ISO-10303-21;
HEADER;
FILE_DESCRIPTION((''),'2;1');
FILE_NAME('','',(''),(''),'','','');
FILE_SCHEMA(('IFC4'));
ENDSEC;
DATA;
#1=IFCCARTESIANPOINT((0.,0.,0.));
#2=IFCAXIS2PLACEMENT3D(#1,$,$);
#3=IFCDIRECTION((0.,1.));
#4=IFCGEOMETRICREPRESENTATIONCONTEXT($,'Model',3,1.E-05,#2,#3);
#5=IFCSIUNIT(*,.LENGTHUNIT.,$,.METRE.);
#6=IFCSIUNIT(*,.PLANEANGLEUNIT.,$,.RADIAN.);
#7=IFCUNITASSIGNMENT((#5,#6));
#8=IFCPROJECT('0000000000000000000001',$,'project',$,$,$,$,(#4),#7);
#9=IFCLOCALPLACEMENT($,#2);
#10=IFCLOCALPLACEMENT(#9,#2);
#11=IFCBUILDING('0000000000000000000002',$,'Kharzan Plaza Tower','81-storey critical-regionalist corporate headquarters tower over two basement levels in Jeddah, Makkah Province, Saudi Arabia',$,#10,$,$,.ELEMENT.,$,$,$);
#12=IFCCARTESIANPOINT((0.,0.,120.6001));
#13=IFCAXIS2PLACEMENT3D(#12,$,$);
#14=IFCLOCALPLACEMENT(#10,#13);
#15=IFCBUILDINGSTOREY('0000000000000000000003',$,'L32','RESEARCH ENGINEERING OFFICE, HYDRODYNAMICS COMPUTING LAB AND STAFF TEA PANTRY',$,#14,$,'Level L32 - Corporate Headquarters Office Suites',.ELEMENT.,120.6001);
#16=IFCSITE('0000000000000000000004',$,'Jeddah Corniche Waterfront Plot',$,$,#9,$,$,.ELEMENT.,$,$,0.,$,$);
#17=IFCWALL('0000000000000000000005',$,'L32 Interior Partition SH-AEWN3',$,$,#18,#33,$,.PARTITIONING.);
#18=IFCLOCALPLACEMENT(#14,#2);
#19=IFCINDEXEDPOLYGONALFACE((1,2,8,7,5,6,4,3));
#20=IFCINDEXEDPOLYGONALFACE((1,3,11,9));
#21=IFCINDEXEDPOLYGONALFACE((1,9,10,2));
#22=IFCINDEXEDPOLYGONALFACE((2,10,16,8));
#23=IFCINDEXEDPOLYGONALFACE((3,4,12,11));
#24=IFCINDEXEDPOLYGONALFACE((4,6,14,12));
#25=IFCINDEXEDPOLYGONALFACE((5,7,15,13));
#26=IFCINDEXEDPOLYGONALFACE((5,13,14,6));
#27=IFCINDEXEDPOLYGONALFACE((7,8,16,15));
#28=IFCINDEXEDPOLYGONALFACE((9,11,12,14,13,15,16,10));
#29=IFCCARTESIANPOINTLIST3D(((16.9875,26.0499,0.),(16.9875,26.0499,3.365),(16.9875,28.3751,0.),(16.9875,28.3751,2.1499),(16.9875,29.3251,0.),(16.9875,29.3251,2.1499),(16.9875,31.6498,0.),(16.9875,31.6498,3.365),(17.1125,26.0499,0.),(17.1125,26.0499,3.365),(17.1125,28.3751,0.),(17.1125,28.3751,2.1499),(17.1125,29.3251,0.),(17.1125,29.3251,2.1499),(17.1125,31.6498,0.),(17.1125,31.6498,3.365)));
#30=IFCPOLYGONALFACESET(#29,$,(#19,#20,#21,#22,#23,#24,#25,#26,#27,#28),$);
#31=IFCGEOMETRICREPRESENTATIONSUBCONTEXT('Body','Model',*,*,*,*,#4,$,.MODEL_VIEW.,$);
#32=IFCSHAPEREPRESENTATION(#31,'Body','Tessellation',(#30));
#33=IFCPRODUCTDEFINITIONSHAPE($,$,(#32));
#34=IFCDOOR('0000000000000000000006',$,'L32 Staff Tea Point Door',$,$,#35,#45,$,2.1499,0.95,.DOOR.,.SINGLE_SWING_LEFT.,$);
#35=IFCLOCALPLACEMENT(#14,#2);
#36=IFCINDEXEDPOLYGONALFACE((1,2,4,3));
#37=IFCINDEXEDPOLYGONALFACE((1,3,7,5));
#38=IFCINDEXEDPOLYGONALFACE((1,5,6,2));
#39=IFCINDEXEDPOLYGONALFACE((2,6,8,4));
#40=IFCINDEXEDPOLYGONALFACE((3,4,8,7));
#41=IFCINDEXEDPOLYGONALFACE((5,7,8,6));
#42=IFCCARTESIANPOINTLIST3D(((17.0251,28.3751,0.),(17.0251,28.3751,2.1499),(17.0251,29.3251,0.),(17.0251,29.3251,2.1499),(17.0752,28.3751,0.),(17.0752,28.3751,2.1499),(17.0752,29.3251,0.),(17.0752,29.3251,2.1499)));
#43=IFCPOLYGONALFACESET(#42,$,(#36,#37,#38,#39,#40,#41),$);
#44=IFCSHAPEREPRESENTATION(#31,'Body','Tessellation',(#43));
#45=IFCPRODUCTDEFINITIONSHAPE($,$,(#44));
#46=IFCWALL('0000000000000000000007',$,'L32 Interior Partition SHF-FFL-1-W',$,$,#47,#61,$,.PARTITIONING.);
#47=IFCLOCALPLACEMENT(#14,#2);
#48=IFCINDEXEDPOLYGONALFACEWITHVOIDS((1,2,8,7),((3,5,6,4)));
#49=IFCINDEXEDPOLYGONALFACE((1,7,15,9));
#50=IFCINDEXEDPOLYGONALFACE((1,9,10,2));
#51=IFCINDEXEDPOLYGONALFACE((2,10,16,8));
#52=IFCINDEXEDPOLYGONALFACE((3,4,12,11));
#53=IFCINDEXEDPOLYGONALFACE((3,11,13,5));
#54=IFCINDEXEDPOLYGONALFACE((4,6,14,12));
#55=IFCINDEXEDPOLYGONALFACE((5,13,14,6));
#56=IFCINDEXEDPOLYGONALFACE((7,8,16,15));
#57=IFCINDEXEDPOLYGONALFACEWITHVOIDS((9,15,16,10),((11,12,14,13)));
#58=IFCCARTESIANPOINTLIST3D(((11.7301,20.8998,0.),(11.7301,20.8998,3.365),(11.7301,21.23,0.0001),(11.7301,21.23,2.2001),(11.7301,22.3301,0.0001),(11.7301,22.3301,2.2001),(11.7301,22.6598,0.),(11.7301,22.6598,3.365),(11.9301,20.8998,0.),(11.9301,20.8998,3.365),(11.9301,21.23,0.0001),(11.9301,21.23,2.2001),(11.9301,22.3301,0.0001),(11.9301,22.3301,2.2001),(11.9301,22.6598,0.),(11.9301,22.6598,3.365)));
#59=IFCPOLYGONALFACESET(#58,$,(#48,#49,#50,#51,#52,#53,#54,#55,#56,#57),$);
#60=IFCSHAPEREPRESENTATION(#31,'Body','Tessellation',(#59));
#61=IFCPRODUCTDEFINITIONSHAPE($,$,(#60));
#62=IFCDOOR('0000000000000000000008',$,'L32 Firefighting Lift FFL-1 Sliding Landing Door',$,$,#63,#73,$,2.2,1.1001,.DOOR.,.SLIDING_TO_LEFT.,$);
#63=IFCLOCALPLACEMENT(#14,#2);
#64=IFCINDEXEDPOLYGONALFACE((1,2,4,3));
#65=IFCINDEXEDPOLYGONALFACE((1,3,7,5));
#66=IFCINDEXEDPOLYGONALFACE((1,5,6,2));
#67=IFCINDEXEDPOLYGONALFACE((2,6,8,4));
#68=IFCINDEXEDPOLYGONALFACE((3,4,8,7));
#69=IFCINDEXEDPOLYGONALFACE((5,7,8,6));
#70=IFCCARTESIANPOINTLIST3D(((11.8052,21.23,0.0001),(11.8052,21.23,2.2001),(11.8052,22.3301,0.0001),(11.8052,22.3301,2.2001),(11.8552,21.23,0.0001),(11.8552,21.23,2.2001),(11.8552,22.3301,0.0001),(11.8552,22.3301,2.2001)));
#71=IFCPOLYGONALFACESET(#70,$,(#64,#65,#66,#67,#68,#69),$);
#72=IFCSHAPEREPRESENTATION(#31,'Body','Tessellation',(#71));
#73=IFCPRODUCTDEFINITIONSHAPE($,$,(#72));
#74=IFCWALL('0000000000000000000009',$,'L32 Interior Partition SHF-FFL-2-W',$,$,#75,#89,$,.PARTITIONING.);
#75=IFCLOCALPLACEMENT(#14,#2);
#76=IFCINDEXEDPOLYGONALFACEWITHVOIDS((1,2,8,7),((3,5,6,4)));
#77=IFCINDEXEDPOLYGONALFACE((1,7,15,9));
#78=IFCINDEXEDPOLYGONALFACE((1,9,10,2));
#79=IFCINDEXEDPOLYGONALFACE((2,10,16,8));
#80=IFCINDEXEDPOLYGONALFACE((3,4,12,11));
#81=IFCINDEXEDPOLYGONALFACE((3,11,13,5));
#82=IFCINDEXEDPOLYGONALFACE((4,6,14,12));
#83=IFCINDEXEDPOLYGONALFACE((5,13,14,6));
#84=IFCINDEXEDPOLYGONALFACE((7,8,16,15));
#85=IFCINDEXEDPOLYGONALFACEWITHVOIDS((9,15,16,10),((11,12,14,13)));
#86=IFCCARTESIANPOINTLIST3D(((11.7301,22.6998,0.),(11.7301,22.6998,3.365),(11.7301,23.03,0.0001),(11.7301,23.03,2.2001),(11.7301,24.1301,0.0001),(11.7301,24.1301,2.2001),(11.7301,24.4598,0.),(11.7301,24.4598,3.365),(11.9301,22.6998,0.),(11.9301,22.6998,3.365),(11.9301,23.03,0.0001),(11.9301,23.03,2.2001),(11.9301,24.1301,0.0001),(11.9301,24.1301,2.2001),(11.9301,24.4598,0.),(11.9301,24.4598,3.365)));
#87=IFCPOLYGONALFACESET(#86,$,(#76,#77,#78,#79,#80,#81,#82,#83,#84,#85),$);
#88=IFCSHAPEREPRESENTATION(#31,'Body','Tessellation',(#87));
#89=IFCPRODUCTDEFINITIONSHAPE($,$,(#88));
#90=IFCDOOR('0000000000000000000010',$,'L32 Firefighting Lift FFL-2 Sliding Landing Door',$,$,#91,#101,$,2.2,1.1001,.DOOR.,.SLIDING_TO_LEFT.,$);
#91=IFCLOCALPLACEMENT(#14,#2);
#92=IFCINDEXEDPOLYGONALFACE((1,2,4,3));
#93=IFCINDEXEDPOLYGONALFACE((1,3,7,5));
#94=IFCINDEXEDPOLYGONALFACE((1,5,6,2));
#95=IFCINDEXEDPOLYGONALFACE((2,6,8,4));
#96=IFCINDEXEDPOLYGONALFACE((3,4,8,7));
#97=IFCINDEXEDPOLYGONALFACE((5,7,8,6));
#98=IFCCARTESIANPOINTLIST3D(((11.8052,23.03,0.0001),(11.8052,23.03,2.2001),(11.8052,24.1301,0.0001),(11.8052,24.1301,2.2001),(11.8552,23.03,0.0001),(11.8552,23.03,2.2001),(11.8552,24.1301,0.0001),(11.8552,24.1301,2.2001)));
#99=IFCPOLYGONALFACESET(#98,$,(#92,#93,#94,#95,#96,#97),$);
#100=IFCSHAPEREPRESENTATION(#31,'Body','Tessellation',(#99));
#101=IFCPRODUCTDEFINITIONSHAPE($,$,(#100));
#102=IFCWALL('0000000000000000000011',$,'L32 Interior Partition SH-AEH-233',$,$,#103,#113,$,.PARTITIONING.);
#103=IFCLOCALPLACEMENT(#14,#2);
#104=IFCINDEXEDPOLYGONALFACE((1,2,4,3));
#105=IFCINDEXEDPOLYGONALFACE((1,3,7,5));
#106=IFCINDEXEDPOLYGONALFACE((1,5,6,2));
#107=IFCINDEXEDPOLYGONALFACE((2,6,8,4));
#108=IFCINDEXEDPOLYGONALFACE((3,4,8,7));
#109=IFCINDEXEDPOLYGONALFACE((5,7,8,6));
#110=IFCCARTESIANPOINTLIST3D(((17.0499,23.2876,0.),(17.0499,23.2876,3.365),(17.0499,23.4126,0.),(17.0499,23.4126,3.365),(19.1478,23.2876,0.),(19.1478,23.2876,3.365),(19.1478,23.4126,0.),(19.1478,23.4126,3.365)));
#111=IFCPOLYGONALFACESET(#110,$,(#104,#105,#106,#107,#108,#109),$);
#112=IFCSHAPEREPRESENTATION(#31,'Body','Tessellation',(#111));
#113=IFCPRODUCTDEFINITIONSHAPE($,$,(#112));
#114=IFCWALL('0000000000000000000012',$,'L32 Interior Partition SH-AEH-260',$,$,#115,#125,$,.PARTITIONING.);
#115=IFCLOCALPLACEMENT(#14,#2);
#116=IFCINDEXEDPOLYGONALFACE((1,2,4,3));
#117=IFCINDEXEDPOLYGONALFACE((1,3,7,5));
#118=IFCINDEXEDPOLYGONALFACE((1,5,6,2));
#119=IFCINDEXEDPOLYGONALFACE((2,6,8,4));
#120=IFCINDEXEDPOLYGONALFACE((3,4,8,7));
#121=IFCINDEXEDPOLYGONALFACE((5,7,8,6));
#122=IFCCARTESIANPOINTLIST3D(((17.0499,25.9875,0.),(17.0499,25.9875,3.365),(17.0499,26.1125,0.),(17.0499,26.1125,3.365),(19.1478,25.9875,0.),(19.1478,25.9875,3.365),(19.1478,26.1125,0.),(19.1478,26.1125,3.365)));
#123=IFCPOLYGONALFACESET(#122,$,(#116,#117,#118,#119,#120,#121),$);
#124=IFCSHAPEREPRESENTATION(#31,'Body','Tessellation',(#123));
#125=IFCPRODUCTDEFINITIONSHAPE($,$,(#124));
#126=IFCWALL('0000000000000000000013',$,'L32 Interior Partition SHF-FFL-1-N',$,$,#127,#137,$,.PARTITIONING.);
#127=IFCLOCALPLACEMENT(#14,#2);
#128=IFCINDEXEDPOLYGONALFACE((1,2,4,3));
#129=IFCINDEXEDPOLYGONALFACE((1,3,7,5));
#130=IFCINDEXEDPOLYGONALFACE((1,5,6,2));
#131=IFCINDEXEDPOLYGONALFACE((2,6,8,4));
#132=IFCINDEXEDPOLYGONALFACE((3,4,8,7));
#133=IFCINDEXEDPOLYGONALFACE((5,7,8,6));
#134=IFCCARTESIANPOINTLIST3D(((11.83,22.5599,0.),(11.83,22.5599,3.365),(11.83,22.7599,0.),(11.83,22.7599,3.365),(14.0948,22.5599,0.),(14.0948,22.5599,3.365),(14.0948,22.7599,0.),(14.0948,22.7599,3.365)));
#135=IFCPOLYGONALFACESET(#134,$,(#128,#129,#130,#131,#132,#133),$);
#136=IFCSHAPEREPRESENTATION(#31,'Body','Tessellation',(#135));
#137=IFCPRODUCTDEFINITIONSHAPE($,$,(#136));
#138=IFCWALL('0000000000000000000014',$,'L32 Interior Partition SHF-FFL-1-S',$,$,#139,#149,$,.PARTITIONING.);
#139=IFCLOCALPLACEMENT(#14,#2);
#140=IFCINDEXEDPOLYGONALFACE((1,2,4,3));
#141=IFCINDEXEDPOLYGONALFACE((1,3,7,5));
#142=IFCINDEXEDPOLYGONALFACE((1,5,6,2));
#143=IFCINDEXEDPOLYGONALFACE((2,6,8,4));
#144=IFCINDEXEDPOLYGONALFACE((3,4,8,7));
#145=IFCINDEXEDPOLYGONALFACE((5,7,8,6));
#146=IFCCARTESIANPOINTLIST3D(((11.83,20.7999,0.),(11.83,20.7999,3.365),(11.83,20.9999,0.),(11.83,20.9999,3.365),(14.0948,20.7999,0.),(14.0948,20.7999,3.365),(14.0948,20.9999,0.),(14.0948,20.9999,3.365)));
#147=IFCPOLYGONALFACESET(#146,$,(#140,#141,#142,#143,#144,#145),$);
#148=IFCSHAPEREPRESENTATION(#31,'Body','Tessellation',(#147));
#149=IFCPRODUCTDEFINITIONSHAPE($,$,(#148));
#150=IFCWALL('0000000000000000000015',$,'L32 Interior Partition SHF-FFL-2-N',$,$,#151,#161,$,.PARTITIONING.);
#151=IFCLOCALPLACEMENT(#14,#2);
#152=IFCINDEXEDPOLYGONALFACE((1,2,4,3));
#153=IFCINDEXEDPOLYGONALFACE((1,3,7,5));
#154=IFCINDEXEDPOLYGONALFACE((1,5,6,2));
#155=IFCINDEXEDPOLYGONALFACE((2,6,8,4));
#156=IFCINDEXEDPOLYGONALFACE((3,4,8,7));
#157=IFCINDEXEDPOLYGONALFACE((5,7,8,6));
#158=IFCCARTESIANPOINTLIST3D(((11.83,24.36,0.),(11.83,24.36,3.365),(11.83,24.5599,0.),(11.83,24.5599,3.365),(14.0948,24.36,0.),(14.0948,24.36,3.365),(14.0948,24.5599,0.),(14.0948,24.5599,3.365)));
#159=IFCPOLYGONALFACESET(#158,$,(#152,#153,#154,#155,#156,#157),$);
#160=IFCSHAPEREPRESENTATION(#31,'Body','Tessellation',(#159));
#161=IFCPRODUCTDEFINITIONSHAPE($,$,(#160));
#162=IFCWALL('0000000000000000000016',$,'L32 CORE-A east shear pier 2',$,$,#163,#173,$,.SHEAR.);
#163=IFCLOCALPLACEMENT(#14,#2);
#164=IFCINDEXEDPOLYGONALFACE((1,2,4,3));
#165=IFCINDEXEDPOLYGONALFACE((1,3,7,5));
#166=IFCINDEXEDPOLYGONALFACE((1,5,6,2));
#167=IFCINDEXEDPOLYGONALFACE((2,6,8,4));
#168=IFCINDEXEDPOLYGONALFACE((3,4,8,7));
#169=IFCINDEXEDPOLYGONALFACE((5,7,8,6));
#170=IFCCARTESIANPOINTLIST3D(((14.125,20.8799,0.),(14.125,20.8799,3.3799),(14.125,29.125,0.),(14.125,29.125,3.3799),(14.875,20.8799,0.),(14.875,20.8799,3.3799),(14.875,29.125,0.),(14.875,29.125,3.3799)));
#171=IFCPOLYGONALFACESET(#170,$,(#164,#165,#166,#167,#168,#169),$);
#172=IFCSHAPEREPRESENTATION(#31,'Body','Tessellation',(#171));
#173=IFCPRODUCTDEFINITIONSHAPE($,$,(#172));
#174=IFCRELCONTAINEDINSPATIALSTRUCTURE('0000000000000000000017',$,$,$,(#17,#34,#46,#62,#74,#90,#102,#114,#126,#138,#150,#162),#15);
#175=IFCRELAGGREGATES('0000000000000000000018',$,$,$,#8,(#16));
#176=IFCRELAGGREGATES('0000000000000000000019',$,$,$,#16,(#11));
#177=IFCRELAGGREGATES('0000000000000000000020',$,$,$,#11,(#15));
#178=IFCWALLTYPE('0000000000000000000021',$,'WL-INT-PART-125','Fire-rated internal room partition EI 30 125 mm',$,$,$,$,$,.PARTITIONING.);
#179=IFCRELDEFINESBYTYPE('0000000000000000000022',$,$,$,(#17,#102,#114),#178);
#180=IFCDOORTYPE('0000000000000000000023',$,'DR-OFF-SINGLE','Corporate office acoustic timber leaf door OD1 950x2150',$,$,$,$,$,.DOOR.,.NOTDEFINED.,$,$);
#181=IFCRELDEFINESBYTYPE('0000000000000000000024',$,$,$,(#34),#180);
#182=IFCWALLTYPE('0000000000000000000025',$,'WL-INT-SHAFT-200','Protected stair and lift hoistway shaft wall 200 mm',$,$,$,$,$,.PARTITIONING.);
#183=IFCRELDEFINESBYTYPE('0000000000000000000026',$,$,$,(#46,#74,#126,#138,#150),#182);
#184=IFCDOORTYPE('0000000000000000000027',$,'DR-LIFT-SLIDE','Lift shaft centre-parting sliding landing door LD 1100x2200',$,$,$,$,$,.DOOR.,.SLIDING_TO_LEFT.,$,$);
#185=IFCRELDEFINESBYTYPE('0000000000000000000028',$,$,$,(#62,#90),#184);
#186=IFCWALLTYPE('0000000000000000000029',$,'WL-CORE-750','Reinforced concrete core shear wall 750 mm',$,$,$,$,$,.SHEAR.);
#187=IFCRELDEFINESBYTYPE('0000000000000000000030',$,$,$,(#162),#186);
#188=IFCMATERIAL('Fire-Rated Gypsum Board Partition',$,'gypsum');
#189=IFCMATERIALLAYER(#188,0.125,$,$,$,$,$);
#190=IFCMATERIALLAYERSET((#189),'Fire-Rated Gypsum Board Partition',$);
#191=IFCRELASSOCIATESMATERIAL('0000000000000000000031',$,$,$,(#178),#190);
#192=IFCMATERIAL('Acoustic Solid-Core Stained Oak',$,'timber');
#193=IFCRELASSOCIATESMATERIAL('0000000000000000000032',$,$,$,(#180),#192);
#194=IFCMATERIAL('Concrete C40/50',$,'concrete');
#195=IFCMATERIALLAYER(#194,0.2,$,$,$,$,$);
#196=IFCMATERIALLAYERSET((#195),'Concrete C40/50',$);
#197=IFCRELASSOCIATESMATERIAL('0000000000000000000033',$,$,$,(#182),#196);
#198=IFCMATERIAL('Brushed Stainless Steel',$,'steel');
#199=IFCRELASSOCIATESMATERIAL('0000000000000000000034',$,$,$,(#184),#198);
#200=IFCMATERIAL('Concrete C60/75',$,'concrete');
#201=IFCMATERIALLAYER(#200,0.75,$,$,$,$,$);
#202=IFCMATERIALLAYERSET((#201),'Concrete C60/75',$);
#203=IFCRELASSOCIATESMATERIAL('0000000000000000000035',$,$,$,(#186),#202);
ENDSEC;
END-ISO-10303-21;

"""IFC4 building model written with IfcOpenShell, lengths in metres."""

from ifc_helpers import new_model, si_unit, direction, frame, frame_2d, origin, place, context, subcontext, project, spatial, rectangle, extrude, source, transform, mapped, material, layer, layer_set, type_object, element, fill, save


model = new_model("IFC4")

# Units and contexts
model_context = context("Model", 3, precision=1e-05, world=origin(), true_north=direction((0.0, 1.0)))
body_context = subcontext(model_context, "Body", "Model", "MODEL_VIEW")
ifc_project = project(units=[si_unit("LENGTHUNIT", "METRE"), si_unit("PLANEANGLEUNIT", "RADIAN")], contexts=[model_context])

# Site, building, storey
site_placement = place(None, origin())
site = spatial("IfcSite", under=ifc_project, at=site_placement, Name="Jeddah Corniche Waterfront Plot", CompositionType="ELEMENT", RefElevation=0.0)
building_placement = place(site_placement, origin())
building = spatial("IfcBuilding", under=site, at=building_placement, Name="Kharzan Plaza Tower", Description="81-storey critical-regionalist corporate headquarters tower over two basement levels in Jeddah, Makkah Province, Saudi Arabia", CompositionType="ELEMENT")
storey_placement = place(building_placement, frame((0.0, 0.0, 120.6001)))
storey = spatial("IfcBuildingStorey", under=building, at=storey_placement, Name="L32", Description="RESEARCH ENGINEERING OFFICE, HYDRODYNAMICS COMPUTING LAB AND STAFF TEA PANTRY", LongName="Level L32 - Corporate Headquarters Office Suites", CompositionType="ELEMENT", Elevation=120.6001)

# Walls, openings, doors
ifc_material_1 = material(Name="Concrete C40/50", Category="concrete")
ifc_material_2 = material(Name="Fire-Rated Gypsum Board Partition", Category="gypsum")
ifc_layer_1 = layer(ifc_material_2, 0.125)
ifc_layer_set_1 = layer_set([ifc_layer_1], Name="Fire-Rated Gypsum Board Partition")
wall_type_1 = type_object("IfcWallType", Name="WL-INT-PART-125", Description="Fire-rated internal room partition EI 30 125 mm", PredefinedType="PARTITIONING", material=ifc_layer_set_1)
wall_1_placement = place(storey_placement, frame((17.05, 26.05, 0.0), z_axis=(0.0, 0.0, 1.0), x_axis=(0.0, 1.0, 0.0)))
wall_1 = element("IfcWall", 1, at=wall_1_placement, inside=storey, type_object=wall_type_1, Name="L32 Interior Partition SH-AEWN3", PredefinedType="PARTITIONING", context=body_context, shape_type="SweptSolid", body=[
    extrude(rectangle(XDim=5.5999, YDim=0.125, at=frame_2d((2.7998, 0.0))), origin(), (0.0, 0.0, 1.0), 3.365),
])
opening_1_placement = place(wall_1_placement, frame((2.325, 0.0, 0.0)))
opening_1 = element("IfcOpeningElement", 2, at=opening_1_placement, cuts=wall_1, PredefinedType="OPENING", context=body_context, shape_type="SweptSolid", body=[
    extrude(rectangle(XDim=0.95, YDim=2.1499, at=frame_2d((0.4751, 1.075))), frame((0.0, 0.0725, 0.0), z_axis=(0.0, -1.0, 0.0), x_axis=(1.0, 0.0, 0.0)), (0.0, 0.0, 1.0), 0.145),
])
ifc_material_3 = material(Name="Acoustic Solid-Core Stained Oak", Category="timber")
door_type_1 = type_object("IfcDoorType", Name="DR-OFF-SINGLE", Description="Corporate office acoustic timber leaf door OD1 950x2150", OperationType="NOTDEFINED", PredefinedType="DOOR", material=ifc_material_3)
shared_shape_1 = source(origin(), body_context, "Body", "SweptSolid", [
    extrude(rectangle(XDim=0.95, YDim=2.1499, at=frame_2d((0.4751, 1.075))), frame((0.0, 0.0249, 0.0), z_axis=(0.0, -1.0, 0.0), x_axis=(1.0, 0.0, 0.0)), (0.0, 0.0, 1.0), 0.05),
])
door_1_placement = place(opening_1_placement, origin())
door_1 = element("IfcDoor", 3, at=door_1_placement, inside=storey, type_object=door_type_1, Name="L32 Staff Tea Point Door", OperationType="SINGLE_SWING_LEFT", OverallHeight=2.1499, OverallWidth=0.95, PredefinedType="DOOR", context=body_context, shape_type="MappedRepresentation", body=[
    mapped(shared_shape_1, transform((0.0, 0.0, 0.0), x_axis=(1.0, 0.0, 0.0), y_axis=(0.0, 1.0, 0.0), z_axis=(0.0, 0.0, 1.0))),
])
fill(opening_1, door_1)
ifc_layer_2 = layer(ifc_material_1, 0.2)
ifc_layer_set_2 = layer_set([ifc_layer_2], Name="Concrete C40/50")
wall_type_2 = type_object("IfcWallType", Name="WL-INT-SHAFT-200", Description="Protected stair and lift hoistway shaft wall 200 mm", PredefinedType="PARTITIONING", material=ifc_layer_set_2)
wall_2_placement = place(storey_placement, frame((11.8301, 20.8999, 0.0), z_axis=(0.0, 0.0, 1.0), x_axis=(0.0, 1.0, 0.0)))
wall_2 = element("IfcWall", 4, at=wall_2_placement, inside=storey, type_object=wall_type_2, Name="L32 Interior Partition SHF-FFL-1-W", PredefinedType="PARTITIONING", context=body_context, shape_type="SweptSolid", body=[
    extrude(rectangle(XDim=1.76, YDim=0.2, at=frame_2d((0.8799, 0.0))), origin(), (0.0, 0.0, 1.0), 3.365),
])
opening_2_placement = place(wall_2_placement, frame((0.3301, 0.0, 0.0)))
opening_2 = element("IfcOpeningElement", 5, at=opening_2_placement, cuts=wall_2, PredefinedType="OPENING", context=body_context, shape_type="SweptSolid", body=[
    extrude(rectangle(XDim=1.1001, YDim=2.2, at=frame_2d((0.55, 1.1001))), frame((0.0, 0.1099, 0.0), z_axis=(0.0, -1.0, 0.0), x_axis=(1.0, 0.0, 0.0)), (0.0, 0.0, 1.0), 0.22),
])
ifc_material_4 = material(Name="Brushed Stainless Steel", Category="steel")
door_type_2 = type_object("IfcDoorType", Name="DR-LIFT-SLIDE", Description="Lift shaft centre-parting sliding landing door LD 1100x2200", OperationType="SLIDING_TO_LEFT", PredefinedType="DOOR", material=ifc_material_4)
shared_shape_2 = source(origin(), body_context, "Body", "SweptSolid", [
    extrude(rectangle(XDim=1.1001, YDim=2.2, at=frame_2d((0.55, 1.1001))), frame((0.0, 0.0249, 0.0), z_axis=(0.0, -1.0, 0.0), x_axis=(1.0, 0.0, 0.0)), (0.0, 0.0, 1.0), 0.05),
])
door_2_placement = place(opening_2_placement, origin())
door_2 = element("IfcDoor", 6, at=door_2_placement, inside=storey, type_object=door_type_2, Name="L32 Firefighting Lift FFL-1 Sliding Landing Door", OperationType="SLIDING_TO_LEFT", OverallHeight=2.2, OverallWidth=1.1001, PredefinedType="DOOR", context=body_context, shape_type="MappedRepresentation", body=[
    mapped(shared_shape_2, transform((0.0, 0.0, 0.0), x_axis=(1.0, 0.0, 0.0), y_axis=(0.0, 1.0, 0.0), z_axis=(0.0, 0.0, 1.0))),
])
fill(opening_2, door_2)
wall_3_placement = place(storey_placement, frame((11.8301, 22.7, 0.0), z_axis=(0.0, 0.0, 1.0), x_axis=(0.0, 1.0, 0.0)))
wall_3 = element("IfcWall", 7, at=wall_3_placement, inside=storey, type_object=wall_type_2, Name="L32 Interior Partition SHF-FFL-2-W", PredefinedType="PARTITIONING", context=body_context, shape_type="SweptSolid", body=[
    extrude(rectangle(XDim=1.76, YDim=0.2, at=frame_2d((0.8799, 0.0))), origin(), (0.0, 0.0, 1.0), 3.365),
])
opening_3_placement = place(wall_3_placement, frame((0.3301, 0.0, 0.0)))
opening_3 = element("IfcOpeningElement", 8, at=opening_3_placement, cuts=wall_3, PredefinedType="OPENING", context=body_context, shape_type="SweptSolid", body=[
    extrude(rectangle(XDim=1.1001, YDim=2.2, at=frame_2d((0.55, 1.1001))), frame((0.0, 0.1099, 0.0), z_axis=(0.0, -1.0, 0.0), x_axis=(1.0, 0.0, 0.0)), (0.0, 0.0, 1.0), 0.22),
])
door_3_placement = place(opening_3_placement, origin())
door_3 = element("IfcDoor", 9, at=door_3_placement, inside=storey, type_object=door_type_2, Name="L32 Firefighting Lift FFL-2 Sliding Landing Door", OperationType="SLIDING_TO_LEFT", OverallHeight=2.2, OverallWidth=1.1001, PredefinedType="DOOR", context=body_context, shape_type="MappedRepresentation", body=[
    mapped(shared_shape_2, transform((0.0, 0.0, 0.0), x_axis=(1.0, 0.0, 0.0), y_axis=(0.0, 1.0, 0.0), z_axis=(0.0, 0.0, 1.0))),
])
fill(opening_3, door_3)

# Walls
shared_shape_3 = source(origin(), body_context, "Body", "SweptSolid", [
    extrude(rectangle(XDim=2.0979, YDim=0.125, at=frame_2d((1.0488, 0.0))), origin(), (0.0, 0.0, 1.0), 3.365),
])
for number, where, z_axis, x_axis, name in (
    (10, (17.05, 23.3501, 0.0), (0.0, 0.0, 1.0), (1.0, 0.0, 0.0), "L32 Interior Partition SH-AEH-233"),
    (11, (17.05, 26.05, 0.0), (0.0, 0.0, 1.0), (1.0, 0.0, 0.0), "L32 Interior Partition SH-AEH-260"),
):
    element("IfcWall", number, at=place(storey_placement, frame(where, z_axis=z_axis, x_axis=x_axis)), inside=storey, type_object=wall_type_1, Name=name, PredefinedType="PARTITIONING", context=body_context, shape_type="MappedRepresentation", body=[
        mapped(shared_shape_3, transform((0.0, 0.0, 0.0), x_axis=(1.0, 0.0, 0.0), y_axis=(0.0, 1.0, 0.0), z_axis=(0.0, 0.0, 1.0))),
    ])
shared_shape_4 = source(origin(), body_context, "Body", "SweptSolid", [
    extrude(rectangle(XDim=2.2649, YDim=0.2, at=frame_2d((1.1323, 0.0))), origin(), (0.0, 0.0, 1.0), 3.365),
])
for number, where, z_axis, x_axis, name in (
    (12, (11.8301, 22.6599, 0.0), (0.0, 0.0, 1.0), (1.0, 0.0, 0.0), "L32 Interior Partition SHF-FFL-1-N"),
    (13, (11.8301, 20.8999, 0.0), (0.0, 0.0, 1.0), (1.0, 0.0, 0.0), "L32 Interior Partition SHF-FFL-1-S"),
    (14, (11.8301, 24.46, 0.0), (0.0, 0.0, 1.0), (1.0, 0.0, 0.0), "L32 Interior Partition SHF-FFL-2-N"),
):
    element("IfcWall", number, at=place(storey_placement, frame(where, z_axis=z_axis, x_axis=x_axis)), inside=storey, type_object=wall_type_2, Name=name, PredefinedType="PARTITIONING", context=body_context, shape_type="MappedRepresentation", body=[
        mapped(shared_shape_4, transform((0.0, 0.0, 0.0), x_axis=(1.0, 0.0, 0.0), y_axis=(0.0, 1.0, 0.0), z_axis=(0.0, 0.0, 1.0))),
    ])
ifc_material_5 = material(Name="Concrete C60/75", Category="concrete")
ifc_layer_3 = layer(ifc_material_5, 0.75)
ifc_layer_set_3 = layer_set([ifc_layer_3], Name="Concrete C60/75")
wall_type_3 = type_object("IfcWallType", Name="WL-CORE-750", Description="Reinforced concrete core shear wall 750 mm", PredefinedType="SHEAR", material=ifc_layer_set_3)
shared_shape_5 = source(origin(), body_context, "Body", "SweptSolid", [
    extrude(rectangle(XDim=8.2451, YDim=0.75, at=frame_2d((4.1226, 0.0))), origin(), (0.0, 0.0, 1.0), 3.3799),
])
wall_4_placement = place(storey_placement, frame((14.5, 20.8799, 0.0), z_axis=(0.0, 0.0, 1.0), x_axis=(0.0, 1.0, 0.0)))
element("IfcWall", 15, at=wall_4_placement, inside=storey, type_object=wall_type_3, Name="L32 CORE-A east shear pier 2", PredefinedType="SHEAR", context=body_context, shape_type="MappedRepresentation", body=[
    mapped(shared_shape_5, transform((0.0, 0.0, 0.0), x_axis=(1.0, 0.0, 0.0), y_axis=(0.0, 1.0, 0.0), z_axis=(0.0, 0.0, 1.0))),
])

save(model, "model.ifc")
